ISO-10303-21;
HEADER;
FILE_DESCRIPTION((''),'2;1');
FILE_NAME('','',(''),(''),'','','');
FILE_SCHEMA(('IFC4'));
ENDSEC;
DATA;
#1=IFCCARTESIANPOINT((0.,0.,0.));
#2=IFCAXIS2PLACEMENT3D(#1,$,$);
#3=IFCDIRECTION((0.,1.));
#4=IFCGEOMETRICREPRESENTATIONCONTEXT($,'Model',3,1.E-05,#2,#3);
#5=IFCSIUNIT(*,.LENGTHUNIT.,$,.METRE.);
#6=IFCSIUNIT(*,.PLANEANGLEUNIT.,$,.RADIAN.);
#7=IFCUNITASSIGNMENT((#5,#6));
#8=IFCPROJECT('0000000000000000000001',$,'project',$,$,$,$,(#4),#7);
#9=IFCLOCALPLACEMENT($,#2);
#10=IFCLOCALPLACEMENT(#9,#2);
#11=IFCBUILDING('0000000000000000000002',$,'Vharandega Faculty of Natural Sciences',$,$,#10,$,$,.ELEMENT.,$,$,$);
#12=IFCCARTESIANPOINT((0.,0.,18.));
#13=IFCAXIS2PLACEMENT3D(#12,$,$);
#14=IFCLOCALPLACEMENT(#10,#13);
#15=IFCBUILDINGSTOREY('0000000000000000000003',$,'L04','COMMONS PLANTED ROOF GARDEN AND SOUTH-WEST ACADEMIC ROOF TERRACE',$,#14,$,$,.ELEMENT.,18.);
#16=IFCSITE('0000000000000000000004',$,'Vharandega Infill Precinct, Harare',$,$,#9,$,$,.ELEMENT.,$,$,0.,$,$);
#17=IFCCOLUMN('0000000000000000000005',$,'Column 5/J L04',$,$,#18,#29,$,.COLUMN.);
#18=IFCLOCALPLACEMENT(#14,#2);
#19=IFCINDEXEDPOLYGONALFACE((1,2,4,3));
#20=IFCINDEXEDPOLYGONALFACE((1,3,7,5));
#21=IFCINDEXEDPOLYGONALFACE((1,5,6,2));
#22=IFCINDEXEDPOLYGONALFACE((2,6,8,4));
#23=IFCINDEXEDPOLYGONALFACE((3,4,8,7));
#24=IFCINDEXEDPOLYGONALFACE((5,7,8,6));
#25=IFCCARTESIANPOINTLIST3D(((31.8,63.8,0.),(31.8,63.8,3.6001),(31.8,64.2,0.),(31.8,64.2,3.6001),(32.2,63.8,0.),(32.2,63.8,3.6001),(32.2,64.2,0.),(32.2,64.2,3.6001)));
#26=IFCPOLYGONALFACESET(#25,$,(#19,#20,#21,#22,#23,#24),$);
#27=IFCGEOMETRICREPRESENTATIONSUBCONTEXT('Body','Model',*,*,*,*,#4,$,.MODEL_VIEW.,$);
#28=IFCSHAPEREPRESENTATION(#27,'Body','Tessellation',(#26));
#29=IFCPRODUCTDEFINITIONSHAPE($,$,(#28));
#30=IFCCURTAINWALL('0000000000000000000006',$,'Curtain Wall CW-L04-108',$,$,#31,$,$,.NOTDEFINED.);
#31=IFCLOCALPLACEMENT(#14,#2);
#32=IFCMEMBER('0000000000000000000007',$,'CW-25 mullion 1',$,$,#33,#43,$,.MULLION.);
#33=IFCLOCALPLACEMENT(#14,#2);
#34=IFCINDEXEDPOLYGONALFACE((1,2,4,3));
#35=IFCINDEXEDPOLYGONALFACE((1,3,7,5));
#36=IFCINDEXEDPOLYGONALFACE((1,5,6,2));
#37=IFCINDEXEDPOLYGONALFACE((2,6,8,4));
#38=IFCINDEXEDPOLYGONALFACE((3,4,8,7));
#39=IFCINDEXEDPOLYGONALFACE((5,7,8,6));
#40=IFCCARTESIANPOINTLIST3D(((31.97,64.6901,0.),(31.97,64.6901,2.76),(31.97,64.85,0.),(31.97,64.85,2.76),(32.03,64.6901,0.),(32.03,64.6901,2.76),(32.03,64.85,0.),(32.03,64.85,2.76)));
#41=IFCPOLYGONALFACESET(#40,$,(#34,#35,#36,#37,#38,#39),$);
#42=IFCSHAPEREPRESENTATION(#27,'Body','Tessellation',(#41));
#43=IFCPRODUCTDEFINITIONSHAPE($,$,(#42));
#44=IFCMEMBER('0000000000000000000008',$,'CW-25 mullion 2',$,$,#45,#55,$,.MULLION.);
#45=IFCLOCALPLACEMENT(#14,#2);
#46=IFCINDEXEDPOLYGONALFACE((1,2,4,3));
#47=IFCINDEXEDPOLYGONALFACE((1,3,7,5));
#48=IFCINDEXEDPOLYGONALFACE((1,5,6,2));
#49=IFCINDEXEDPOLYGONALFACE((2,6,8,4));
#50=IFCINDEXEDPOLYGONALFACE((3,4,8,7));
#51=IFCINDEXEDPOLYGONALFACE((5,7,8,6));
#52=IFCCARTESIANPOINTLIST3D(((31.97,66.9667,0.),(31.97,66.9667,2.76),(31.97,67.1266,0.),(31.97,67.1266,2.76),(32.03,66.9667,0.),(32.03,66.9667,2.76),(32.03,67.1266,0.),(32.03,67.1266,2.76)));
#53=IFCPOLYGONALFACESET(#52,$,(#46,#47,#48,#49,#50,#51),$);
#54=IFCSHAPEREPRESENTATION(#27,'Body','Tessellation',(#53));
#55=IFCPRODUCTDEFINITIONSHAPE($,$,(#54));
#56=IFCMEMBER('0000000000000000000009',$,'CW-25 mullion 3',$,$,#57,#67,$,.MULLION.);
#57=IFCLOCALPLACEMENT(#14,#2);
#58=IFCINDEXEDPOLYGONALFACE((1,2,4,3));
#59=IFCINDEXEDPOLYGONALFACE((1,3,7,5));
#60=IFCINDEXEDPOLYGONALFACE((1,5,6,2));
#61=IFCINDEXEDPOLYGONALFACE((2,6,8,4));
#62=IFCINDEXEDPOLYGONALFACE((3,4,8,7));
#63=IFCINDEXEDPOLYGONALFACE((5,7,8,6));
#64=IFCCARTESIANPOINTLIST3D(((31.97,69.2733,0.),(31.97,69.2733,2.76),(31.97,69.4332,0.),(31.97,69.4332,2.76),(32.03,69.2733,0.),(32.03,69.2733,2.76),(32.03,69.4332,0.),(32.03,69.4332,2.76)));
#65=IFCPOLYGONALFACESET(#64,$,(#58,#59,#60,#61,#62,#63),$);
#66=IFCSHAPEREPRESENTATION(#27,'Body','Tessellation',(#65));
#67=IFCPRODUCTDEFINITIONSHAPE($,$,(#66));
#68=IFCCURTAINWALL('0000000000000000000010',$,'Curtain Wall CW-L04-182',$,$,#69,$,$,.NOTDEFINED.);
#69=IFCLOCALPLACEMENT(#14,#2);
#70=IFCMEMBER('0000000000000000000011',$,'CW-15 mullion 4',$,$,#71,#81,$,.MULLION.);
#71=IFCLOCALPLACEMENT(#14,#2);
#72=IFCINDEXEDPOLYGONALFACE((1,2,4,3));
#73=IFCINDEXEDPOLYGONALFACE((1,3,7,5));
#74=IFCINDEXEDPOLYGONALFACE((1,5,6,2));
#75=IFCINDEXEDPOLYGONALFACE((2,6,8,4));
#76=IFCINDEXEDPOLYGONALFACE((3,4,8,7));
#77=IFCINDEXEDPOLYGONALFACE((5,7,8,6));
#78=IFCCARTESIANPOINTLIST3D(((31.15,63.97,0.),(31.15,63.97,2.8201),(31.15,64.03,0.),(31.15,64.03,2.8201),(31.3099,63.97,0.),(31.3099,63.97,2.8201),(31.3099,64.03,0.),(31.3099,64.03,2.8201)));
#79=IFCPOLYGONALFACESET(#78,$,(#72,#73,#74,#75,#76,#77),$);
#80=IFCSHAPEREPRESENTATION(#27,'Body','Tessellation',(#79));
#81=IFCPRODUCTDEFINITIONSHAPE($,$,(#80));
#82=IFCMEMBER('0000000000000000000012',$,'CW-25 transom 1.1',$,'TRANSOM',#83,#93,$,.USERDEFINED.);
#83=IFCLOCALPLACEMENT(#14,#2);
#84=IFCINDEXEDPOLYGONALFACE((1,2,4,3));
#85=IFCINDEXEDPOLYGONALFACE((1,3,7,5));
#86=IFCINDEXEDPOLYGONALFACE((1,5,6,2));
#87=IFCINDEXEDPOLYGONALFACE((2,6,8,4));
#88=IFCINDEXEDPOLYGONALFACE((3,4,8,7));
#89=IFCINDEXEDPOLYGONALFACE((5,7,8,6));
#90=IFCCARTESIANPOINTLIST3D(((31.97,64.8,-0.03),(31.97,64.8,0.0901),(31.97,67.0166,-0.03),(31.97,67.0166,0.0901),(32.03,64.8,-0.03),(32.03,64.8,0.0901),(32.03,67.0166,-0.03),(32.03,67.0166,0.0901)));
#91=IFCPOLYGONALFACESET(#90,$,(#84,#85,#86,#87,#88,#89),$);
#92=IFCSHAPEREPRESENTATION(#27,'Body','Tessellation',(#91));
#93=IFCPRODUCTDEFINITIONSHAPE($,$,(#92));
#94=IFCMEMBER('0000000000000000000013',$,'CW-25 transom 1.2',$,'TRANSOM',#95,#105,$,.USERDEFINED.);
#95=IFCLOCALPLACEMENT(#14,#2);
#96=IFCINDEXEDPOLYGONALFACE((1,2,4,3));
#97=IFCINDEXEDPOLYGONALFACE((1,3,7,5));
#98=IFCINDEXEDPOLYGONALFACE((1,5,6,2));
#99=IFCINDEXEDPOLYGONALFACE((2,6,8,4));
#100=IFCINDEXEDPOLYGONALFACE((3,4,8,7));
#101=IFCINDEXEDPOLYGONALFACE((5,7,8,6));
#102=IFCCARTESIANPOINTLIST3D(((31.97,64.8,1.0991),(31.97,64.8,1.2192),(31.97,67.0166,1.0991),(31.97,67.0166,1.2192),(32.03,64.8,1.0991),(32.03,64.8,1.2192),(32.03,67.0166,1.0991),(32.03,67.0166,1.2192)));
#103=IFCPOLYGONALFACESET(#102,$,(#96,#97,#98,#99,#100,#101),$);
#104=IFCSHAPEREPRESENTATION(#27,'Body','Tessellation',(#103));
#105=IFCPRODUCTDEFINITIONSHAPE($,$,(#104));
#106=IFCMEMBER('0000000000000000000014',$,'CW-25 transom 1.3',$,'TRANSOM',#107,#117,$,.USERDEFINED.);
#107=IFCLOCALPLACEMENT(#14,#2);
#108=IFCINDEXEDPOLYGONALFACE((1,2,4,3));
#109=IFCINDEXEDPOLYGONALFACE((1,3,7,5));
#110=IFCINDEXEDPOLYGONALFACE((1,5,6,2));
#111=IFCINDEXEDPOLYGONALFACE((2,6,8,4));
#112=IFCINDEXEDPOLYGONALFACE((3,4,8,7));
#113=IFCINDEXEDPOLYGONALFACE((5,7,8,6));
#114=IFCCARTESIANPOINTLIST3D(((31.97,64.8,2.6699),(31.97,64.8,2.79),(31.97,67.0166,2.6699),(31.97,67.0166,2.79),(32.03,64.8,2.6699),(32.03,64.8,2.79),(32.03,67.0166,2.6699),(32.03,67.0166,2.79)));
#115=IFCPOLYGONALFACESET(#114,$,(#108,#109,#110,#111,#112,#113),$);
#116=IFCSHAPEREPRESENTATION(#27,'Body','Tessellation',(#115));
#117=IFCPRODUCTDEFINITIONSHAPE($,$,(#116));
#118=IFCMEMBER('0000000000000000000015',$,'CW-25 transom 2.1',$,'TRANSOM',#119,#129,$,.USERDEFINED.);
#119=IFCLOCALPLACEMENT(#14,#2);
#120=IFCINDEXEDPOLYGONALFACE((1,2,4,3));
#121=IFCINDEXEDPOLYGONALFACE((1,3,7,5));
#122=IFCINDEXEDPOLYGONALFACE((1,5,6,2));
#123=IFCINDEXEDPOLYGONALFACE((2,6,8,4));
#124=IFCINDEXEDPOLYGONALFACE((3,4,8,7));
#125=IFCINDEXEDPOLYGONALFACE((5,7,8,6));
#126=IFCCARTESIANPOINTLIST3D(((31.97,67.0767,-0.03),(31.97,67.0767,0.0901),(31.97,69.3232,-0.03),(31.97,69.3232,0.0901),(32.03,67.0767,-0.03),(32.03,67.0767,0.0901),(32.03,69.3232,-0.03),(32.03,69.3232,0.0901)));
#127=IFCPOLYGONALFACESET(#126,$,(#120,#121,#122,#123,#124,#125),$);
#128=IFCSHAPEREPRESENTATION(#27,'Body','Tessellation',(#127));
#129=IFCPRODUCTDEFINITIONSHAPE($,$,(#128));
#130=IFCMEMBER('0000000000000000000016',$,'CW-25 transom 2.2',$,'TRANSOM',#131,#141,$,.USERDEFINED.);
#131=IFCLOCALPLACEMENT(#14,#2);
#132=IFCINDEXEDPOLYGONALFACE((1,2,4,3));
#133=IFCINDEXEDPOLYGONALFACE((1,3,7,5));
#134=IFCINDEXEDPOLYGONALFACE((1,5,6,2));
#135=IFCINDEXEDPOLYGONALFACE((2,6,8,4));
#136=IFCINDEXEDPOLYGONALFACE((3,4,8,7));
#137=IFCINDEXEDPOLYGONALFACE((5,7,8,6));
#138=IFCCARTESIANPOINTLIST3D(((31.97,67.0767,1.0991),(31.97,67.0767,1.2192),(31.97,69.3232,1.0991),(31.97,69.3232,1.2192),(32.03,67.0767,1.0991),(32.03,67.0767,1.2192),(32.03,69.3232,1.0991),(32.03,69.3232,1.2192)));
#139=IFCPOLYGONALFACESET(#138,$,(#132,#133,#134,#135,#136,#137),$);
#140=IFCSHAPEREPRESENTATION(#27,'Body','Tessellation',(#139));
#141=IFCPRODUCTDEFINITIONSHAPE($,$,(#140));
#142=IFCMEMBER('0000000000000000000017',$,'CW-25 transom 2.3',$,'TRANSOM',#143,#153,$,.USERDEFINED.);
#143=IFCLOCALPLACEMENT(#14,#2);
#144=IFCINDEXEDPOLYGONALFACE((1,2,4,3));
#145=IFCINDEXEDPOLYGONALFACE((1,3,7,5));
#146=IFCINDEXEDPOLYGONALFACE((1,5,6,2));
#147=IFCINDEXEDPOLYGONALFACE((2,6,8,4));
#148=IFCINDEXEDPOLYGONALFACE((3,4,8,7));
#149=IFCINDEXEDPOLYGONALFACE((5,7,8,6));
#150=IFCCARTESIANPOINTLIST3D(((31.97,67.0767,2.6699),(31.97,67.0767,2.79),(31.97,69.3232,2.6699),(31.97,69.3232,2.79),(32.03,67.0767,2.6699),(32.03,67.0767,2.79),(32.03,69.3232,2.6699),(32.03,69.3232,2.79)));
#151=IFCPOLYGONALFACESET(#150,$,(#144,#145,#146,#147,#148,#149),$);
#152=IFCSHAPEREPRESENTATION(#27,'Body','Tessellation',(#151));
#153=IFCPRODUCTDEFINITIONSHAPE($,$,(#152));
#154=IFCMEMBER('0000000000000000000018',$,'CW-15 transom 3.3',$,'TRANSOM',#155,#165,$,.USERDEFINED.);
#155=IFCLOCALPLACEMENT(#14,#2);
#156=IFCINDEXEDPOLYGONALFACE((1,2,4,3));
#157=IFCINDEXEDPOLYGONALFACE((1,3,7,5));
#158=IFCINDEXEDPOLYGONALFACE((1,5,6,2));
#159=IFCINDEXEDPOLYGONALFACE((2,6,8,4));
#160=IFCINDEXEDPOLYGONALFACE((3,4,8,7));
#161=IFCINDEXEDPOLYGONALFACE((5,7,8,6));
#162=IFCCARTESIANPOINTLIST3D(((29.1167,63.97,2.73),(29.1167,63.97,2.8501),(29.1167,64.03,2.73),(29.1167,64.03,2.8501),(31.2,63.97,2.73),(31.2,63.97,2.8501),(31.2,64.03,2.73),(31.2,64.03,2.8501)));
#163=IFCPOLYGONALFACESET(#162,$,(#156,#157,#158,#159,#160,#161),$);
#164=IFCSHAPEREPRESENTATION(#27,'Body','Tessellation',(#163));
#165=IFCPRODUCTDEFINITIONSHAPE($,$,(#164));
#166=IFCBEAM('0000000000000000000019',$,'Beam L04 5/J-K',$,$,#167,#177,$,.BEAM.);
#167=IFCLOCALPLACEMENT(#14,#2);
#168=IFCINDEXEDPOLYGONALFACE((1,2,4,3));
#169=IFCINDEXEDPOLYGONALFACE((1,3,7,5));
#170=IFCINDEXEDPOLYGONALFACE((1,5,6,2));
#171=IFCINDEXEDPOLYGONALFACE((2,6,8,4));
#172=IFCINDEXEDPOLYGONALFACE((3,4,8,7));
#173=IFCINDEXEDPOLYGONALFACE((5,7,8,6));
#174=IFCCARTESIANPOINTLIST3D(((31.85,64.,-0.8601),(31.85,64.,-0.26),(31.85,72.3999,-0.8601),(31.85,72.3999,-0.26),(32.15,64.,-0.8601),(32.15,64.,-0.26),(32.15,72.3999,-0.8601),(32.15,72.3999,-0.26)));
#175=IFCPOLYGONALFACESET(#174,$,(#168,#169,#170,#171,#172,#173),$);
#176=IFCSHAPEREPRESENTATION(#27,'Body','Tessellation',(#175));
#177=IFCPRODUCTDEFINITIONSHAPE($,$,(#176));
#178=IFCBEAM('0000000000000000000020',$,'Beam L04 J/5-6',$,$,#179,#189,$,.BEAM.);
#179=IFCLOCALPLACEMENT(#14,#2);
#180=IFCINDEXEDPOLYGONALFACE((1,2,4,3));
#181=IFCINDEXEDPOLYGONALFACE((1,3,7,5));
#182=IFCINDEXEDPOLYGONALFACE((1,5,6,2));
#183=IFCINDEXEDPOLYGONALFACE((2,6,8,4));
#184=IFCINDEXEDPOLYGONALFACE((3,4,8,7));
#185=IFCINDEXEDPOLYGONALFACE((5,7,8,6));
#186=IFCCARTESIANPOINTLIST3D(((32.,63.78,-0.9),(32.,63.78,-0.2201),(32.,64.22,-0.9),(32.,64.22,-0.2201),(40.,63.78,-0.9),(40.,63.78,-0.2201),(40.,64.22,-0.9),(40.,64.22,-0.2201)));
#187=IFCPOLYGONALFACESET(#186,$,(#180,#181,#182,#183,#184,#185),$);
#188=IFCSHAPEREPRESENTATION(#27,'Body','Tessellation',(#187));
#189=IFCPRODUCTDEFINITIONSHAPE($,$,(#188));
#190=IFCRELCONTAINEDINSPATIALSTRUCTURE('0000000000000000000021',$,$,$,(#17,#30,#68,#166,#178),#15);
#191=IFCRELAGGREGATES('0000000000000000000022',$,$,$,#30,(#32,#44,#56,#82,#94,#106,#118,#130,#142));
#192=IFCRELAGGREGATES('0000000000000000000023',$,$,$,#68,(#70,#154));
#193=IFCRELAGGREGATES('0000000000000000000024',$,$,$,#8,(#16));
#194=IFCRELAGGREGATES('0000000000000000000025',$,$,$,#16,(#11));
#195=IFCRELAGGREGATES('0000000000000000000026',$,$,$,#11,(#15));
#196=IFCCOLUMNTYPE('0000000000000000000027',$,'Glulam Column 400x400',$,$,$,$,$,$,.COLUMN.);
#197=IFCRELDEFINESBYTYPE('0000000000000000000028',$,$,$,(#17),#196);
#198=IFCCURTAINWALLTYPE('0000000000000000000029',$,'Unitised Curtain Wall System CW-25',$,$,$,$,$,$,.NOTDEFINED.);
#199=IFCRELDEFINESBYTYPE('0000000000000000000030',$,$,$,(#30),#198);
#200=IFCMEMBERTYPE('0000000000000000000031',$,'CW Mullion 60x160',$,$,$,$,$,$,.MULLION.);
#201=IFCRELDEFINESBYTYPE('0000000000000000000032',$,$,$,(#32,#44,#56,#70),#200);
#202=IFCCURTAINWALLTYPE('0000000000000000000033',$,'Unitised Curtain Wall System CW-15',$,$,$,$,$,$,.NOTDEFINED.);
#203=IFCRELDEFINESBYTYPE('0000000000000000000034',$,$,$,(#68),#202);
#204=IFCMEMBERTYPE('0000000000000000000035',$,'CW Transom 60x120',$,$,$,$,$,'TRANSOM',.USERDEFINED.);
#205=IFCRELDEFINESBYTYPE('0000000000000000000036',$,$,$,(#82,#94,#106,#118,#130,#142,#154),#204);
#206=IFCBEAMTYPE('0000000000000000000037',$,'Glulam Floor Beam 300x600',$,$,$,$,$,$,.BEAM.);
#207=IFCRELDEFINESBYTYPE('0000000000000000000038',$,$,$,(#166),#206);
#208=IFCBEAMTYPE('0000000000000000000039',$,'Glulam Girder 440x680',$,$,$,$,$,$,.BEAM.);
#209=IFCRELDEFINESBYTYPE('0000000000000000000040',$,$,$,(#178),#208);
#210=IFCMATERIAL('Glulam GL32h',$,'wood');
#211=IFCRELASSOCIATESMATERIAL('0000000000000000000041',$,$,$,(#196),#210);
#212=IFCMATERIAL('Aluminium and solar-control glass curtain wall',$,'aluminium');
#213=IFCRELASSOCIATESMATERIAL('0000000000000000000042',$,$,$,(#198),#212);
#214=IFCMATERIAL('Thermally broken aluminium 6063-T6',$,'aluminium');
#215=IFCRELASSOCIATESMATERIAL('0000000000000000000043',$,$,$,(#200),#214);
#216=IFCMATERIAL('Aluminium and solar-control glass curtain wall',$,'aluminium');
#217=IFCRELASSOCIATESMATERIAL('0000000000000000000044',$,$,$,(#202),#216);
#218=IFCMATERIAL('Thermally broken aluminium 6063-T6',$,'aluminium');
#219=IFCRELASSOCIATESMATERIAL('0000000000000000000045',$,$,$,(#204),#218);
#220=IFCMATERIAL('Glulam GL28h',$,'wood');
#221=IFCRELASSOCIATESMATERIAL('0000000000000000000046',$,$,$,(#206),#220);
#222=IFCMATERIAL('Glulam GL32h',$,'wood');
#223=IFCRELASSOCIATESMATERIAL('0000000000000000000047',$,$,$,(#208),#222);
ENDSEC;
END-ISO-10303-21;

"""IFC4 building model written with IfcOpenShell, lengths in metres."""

from ifc_helpers import new_model, si_unit, direction, frame, origin, origin_2d, place, context, subcontext, project, spatial, rectangle, extrude, material, material_profile, profile_set, type_object, element, aggregate, save


model = new_model("IFC4")

# Units and contexts
model_context = context("Model", 3, precision=1e-05, world=origin(), true_north=direction((0.0, 1.0)))
body_context = subcontext(model_context, "Body", "Model", "MODEL_VIEW")
ifc_project = project(units=[si_unit("LENGTHUNIT", "METRE"), si_unit("PLANEANGLEUNIT", "RADIAN")], contexts=[model_context])

# Site, building, storey
site_placement = place(None, origin())
site = spatial("IfcSite", under=ifc_project, at=site_placement, Name="Vharandega Infill Precinct, Harare", CompositionType="ELEMENT", RefElevation=0.0)
building_placement = place(site_placement, origin())
building = spatial("IfcBuilding", under=site, at=building_placement, Name="Vharandega Faculty of Natural Sciences", CompositionType="ELEMENT")
storey_placement = place(building_placement, frame((0.0, 0.0, 18.0)))
storey = spatial("IfcBuildingStorey", under=building, at=storey_placement, Name="L04", Description="COMMONS PLANTED ROOF GARDEN AND SOUTH-WEST ACADEMIC ROOF TERRACE", CompositionType="ELEMENT", Elevation=18.0)

# Column
ifc_material_1 = material(Name="Glulam GL32h", Category="wood")
ifc_material_profile_1 = material_profile(ifc_material_1, rectangle(XDim=0.3999, YDim=0.3999, at=origin_2d()), Name="GL32h 400x400")
ifc_profile_set_1 = profile_set([ifc_material_profile_1], Name="Glulam GL32h")
column_type = type_object("IfcColumnType", Name="Glulam Column 400x400", PredefinedType="COLUMN", material=ifc_profile_set_1)
column_placement = place(storey_placement, frame((32.0, 64.0, 0.0), z_axis=(0.0, 0.0, 1.0), x_axis=(1.0, 0.0, 0.0)))
element("IfcColumn", 1, at=column_placement, inside=storey, type_object=column_type, Name="Column 5/J L04", PredefinedType="COLUMN", context=body_context, shape_type="SweptSolid", body=[
    extrude(rectangle(XDim=0.3999, YDim=0.3999, at=origin_2d()), origin(), (0.0, 0.0, 1.0), 3.6001),
])

# Curtain wall, members
ifc_material_2 = material(Name="Aluminium and solar-control glass curtain wall", Category="aluminium")
curtain_wall_type_1 = type_object("IfcCurtainWallType", Name="Unitised Curtain Wall System CW-25", PredefinedType="NOTDEFINED", material=ifc_material_2)
curtain_wall_1_placement = place(storey_placement, origin())
curtain_wall_1 = element("IfcCurtainWall", 2, at=curtain_wall_1_placement, inside=storey, type_object=curtain_wall_type_1, Name="Curtain Wall CW-L04-108", PredefinedType="NOTDEFINED")
ifc_material_3 = material(Name="Thermally broken aluminium 6063-T6", Category="aluminium")
ifc_material_profile_2 = material_profile(ifc_material_3, rectangle(XDim=0.0601, YDim=0.1599, at=origin_2d()), Name="ALU 60x160")
ifc_profile_set_2 = profile_set([ifc_material_profile_2], Name="Thermally broken aluminium 6063-T6")
member_type_1 = type_object("IfcMemberType", Name="CW Mullion 60x160", PredefinedType="MULLION", material=ifc_profile_set_2)
member_1_placement = place(storey_placement, frame((32.0, 64.77, 0.0), z_axis=(0.0, 0.0, 1.0), x_axis=(-1.0, 0.0, 0.0)))
member_1 = element("IfcMember", 3, at=member_1_placement, type_object=member_type_1, Name="CW-25 mullion 1", PredefinedType="MULLION", context=body_context, shape_type="SweptSolid", body=[
    extrude(rectangle(XDim=0.0601, YDim=0.1599, at=origin_2d()), origin(), (0.0, 0.0, 1.0), 2.76),
])
member_2_placement = place(storey_placement, frame((32.0, 67.0466, 0.0), z_axis=(0.0, 0.0, 1.0), x_axis=(-1.0, 0.0, 0.0)))
member_2 = element("IfcMember", 4, at=member_2_placement, type_object=member_type_1, Name="CW-25 mullion 2", PredefinedType="MULLION", context=body_context, shape_type="SweptSolid", body=[
    extrude(rectangle(XDim=0.0601, YDim=0.1599, at=origin_2d()), origin(), (0.0, 0.0, 1.0), 2.76),
])
member_3_placement = place(storey_placement, frame((32.0, 69.3533, 0.0), z_axis=(0.0, 0.0, 1.0), x_axis=(-1.0, 0.0, 0.0)))
member_3 = element("IfcMember", 5, at=member_3_placement, type_object=member_type_1, Name="CW-25 mullion 3", PredefinedType="MULLION", context=body_context, shape_type="SweptSolid", body=[
    extrude(rectangle(XDim=0.0601, YDim=0.1599, at=origin_2d()), origin(), (0.0, 0.0, 1.0), 2.76),
])

# Curtain wall, member
ifc_material_4 = material(Name="Aluminium and solar-control glass curtain wall", Category="aluminium")
curtain_wall_type_2 = type_object("IfcCurtainWallType", Name="Unitised Curtain Wall System CW-15", PredefinedType="NOTDEFINED", material=ifc_material_4)
curtain_wall_2_placement = place(storey_placement, origin())
curtain_wall_2 = element("IfcCurtainWall", 6, at=curtain_wall_2_placement, inside=storey, type_object=curtain_wall_type_2, Name="Curtain Wall CW-L04-182", PredefinedType="NOTDEFINED")
member_4_placement = place(storey_placement, frame((31.23, 64.0, 0.0), z_axis=(0.0, 0.0, 1.0), x_axis=(0.0, 1.0, 0.0)))
member_4 = element("IfcMember", 7, at=member_4_placement, type_object=member_type_1, Name="CW-15 mullion 4", PredefinedType="MULLION", context=body_context, shape_type="SweptSolid", body=[
    extrude(rectangle(XDim=0.0601, YDim=0.1599, at=origin_2d()), origin(), (0.0, 0.0, 1.0), 2.8201),
])

# Members
ifc_material_5 = material(Name="Thermally broken aluminium 6063-T6", Category="aluminium")
ifc_material_profile_3 = material_profile(ifc_material_5, rectangle(XDim=0.0601, YDim=0.1201, at=origin_2d()), Name="ALU 60x120")
ifc_profile_set_3 = profile_set([ifc_material_profile_3], Name="Thermally broken aluminium 6063-T6")
member_type_2 = type_object("IfcMemberType", Name="CW Transom 60x120", ElementType="TRANSOM", PredefinedType="USERDEFINED", material=ifc_profile_set_3)
member_5_placement = place(storey_placement, frame((32.0, 64.8, 0.03), z_axis=(0.0, 1.0, 0.0), x_axis=(-1.0, 0.0, 0.0)))
member_5 = element("IfcMember", 8, at=member_5_placement, type_object=member_type_2, Name="CW-25 transom 1.1", ObjectType="TRANSOM", PredefinedType="USERDEFINED", context=body_context, shape_type="SweptSolid", body=[
    extrude(rectangle(XDim=0.0601, YDim=0.1201, at=origin_2d()), origin(), (0.0, 0.0, 1.0), 2.2166),
])
member_6_placement = place(storey_placement, frame((32.0, 64.8, 1.1592), z_axis=(0.0, 1.0, 0.0), x_axis=(-1.0, 0.0, 0.0)))
member_6 = element("IfcMember", 9, at=member_6_placement, type_object=member_type_2, Name="CW-25 transom 1.2", ObjectType="TRANSOM", PredefinedType="USERDEFINED", context=body_context, shape_type="SweptSolid", body=[
    extrude(rectangle(XDim=0.0601, YDim=0.1201, at=origin_2d()), origin(), (0.0, 0.0, 1.0), 2.2166),
])
member_7_placement = place(storey_placement, frame((32.0, 64.8, 2.73), z_axis=(0.0, 1.0, 0.0), x_axis=(-1.0, 0.0, 0.0)))
member_7 = element("IfcMember", 10, at=member_7_placement, type_object=member_type_2, Name="CW-25 transom 1.3", ObjectType="TRANSOM", PredefinedType="USERDEFINED", context=body_context, shape_type="SweptSolid", body=[
    extrude(rectangle(XDim=0.0601, YDim=0.1201, at=origin_2d()), origin(), (0.0, 0.0, 1.0), 2.2166),
])
member_8_placement = place(storey_placement, frame((32.0, 67.0767, 0.03), z_axis=(0.0, 1.0, 0.0), x_axis=(-1.0, 0.0, 0.0)))
member_8 = element("IfcMember", 11, at=member_8_placement, type_object=member_type_2, Name="CW-25 transom 2.1", ObjectType="TRANSOM", PredefinedType="USERDEFINED", context=body_context, shape_type="SweptSolid", body=[
    extrude(rectangle(XDim=0.0601, YDim=0.1201, at=origin_2d()), origin(), (0.0, 0.0, 1.0), 2.2466),
])
member_9_placement = place(storey_placement, frame((32.0, 67.0767, 1.1592), z_axis=(0.0, 1.0, 0.0), x_axis=(-1.0, 0.0, 0.0)))
member_9 = element("IfcMember", 12, at=member_9_placement, type_object=member_type_2, Name="CW-25 transom 2.2", ObjectType="TRANSOM", PredefinedType="USERDEFINED", context=body_context, shape_type="SweptSolid", body=[
    extrude(rectangle(XDim=0.0601, YDim=0.1201, at=origin_2d()), origin(), (0.0, 0.0, 1.0), 2.2466),
])
member_10_placement = place(storey_placement, frame((32.0, 67.0767, 2.73), z_axis=(0.0, 1.0, 0.0), x_axis=(-1.0, 0.0, 0.0)))
member_10 = element("IfcMember", 13, at=member_10_placement, type_object=member_type_2, Name="CW-25 transom 2.3", ObjectType="TRANSOM", PredefinedType="USERDEFINED", context=body_context, shape_type="SweptSolid", body=[
    extrude(rectangle(XDim=0.0601, YDim=0.1201, at=origin_2d()), origin(), (0.0, 0.0, 1.0), 2.2466),
])
member_11_placement = place(storey_placement, frame((29.1167, 64.0, 2.79), z_axis=(1.0, 0.0, 0.0), x_axis=(0.0, 1.0, 0.0)))
member_11 = element("IfcMember", 14, at=member_11_placement, type_object=member_type_2, Name="CW-15 transom 3.3", ObjectType="TRANSOM", PredefinedType="USERDEFINED", context=body_context, shape_type="SweptSolid", body=[
    extrude(rectangle(XDim=0.0601, YDim=0.1201, at=origin_2d()), origin(), (0.0, 0.0, 1.0), 2.0833),
])

# Beams
ifc_material_6 = material(Name="Glulam GL28h", Category="wood")
ifc_material_profile_4 = material_profile(ifc_material_6, rectangle(XDim=0.3, YDim=0.6001, at=origin_2d()), Name="GL28h 300x600")
ifc_profile_set_4 = profile_set([ifc_material_profile_4], Name="Glulam GL28h")
beam_type_1 = type_object("IfcBeamType", Name="Glulam Floor Beam 300x600", PredefinedType="BEAM", material=ifc_profile_set_4)
beam_1_placement = place(storey_placement, frame((32.0, 64.0, -0.5601), z_axis=(0.0, 1.0, 0.0), x_axis=(-1.0, 0.0, 0.0)))
element("IfcBeam", 15, at=beam_1_placement, inside=storey, type_object=beam_type_1, Name="Beam L04 5/J-K", PredefinedType="BEAM", context=body_context, shape_type="SweptSolid", body=[
    extrude(rectangle(XDim=0.3, YDim=0.6001, at=origin_2d()), origin(), (0.0, 0.0, 1.0), 8.3999),
])
ifc_material_7 = material(Name="Glulam GL32h", Category="wood")
ifc_material_profile_5 = material_profile(ifc_material_7, rectangle(XDim=0.4399, YDim=0.6799, at=origin_2d()), Name="GL32h 440x680")
ifc_profile_set_5 = profile_set([ifc_material_profile_5], Name="Glulam GL32h")
beam_type_2 = type_object("IfcBeamType", Name="Glulam Girder 440x680", PredefinedType="BEAM", material=ifc_profile_set_5)
beam_2_placement = place(storey_placement, frame((32.0, 64.0, -0.5601), z_axis=(1.0, 0.0, 0.0), x_axis=(0.0, 1.0, 0.0)))
element("IfcBeam", 16, at=beam_2_placement, inside=storey, type_object=beam_type_2, Name="Beam L04 J/5-6", PredefinedType="BEAM", context=body_context, shape_type="SweptSolid", body=[
    extrude(rectangle(XDim=0.4399, YDim=0.6799, at=origin_2d()), origin(), (0.0, 0.0, 1.0), 8.0),
])

aggregate(curtain_wall_1, [member_1, member_2, member_3, member_5, member_6, member_7, member_8, member_9, member_10])
aggregate(curtain_wall_2, [member_4, member_11])

save(model, "model.ifc")
